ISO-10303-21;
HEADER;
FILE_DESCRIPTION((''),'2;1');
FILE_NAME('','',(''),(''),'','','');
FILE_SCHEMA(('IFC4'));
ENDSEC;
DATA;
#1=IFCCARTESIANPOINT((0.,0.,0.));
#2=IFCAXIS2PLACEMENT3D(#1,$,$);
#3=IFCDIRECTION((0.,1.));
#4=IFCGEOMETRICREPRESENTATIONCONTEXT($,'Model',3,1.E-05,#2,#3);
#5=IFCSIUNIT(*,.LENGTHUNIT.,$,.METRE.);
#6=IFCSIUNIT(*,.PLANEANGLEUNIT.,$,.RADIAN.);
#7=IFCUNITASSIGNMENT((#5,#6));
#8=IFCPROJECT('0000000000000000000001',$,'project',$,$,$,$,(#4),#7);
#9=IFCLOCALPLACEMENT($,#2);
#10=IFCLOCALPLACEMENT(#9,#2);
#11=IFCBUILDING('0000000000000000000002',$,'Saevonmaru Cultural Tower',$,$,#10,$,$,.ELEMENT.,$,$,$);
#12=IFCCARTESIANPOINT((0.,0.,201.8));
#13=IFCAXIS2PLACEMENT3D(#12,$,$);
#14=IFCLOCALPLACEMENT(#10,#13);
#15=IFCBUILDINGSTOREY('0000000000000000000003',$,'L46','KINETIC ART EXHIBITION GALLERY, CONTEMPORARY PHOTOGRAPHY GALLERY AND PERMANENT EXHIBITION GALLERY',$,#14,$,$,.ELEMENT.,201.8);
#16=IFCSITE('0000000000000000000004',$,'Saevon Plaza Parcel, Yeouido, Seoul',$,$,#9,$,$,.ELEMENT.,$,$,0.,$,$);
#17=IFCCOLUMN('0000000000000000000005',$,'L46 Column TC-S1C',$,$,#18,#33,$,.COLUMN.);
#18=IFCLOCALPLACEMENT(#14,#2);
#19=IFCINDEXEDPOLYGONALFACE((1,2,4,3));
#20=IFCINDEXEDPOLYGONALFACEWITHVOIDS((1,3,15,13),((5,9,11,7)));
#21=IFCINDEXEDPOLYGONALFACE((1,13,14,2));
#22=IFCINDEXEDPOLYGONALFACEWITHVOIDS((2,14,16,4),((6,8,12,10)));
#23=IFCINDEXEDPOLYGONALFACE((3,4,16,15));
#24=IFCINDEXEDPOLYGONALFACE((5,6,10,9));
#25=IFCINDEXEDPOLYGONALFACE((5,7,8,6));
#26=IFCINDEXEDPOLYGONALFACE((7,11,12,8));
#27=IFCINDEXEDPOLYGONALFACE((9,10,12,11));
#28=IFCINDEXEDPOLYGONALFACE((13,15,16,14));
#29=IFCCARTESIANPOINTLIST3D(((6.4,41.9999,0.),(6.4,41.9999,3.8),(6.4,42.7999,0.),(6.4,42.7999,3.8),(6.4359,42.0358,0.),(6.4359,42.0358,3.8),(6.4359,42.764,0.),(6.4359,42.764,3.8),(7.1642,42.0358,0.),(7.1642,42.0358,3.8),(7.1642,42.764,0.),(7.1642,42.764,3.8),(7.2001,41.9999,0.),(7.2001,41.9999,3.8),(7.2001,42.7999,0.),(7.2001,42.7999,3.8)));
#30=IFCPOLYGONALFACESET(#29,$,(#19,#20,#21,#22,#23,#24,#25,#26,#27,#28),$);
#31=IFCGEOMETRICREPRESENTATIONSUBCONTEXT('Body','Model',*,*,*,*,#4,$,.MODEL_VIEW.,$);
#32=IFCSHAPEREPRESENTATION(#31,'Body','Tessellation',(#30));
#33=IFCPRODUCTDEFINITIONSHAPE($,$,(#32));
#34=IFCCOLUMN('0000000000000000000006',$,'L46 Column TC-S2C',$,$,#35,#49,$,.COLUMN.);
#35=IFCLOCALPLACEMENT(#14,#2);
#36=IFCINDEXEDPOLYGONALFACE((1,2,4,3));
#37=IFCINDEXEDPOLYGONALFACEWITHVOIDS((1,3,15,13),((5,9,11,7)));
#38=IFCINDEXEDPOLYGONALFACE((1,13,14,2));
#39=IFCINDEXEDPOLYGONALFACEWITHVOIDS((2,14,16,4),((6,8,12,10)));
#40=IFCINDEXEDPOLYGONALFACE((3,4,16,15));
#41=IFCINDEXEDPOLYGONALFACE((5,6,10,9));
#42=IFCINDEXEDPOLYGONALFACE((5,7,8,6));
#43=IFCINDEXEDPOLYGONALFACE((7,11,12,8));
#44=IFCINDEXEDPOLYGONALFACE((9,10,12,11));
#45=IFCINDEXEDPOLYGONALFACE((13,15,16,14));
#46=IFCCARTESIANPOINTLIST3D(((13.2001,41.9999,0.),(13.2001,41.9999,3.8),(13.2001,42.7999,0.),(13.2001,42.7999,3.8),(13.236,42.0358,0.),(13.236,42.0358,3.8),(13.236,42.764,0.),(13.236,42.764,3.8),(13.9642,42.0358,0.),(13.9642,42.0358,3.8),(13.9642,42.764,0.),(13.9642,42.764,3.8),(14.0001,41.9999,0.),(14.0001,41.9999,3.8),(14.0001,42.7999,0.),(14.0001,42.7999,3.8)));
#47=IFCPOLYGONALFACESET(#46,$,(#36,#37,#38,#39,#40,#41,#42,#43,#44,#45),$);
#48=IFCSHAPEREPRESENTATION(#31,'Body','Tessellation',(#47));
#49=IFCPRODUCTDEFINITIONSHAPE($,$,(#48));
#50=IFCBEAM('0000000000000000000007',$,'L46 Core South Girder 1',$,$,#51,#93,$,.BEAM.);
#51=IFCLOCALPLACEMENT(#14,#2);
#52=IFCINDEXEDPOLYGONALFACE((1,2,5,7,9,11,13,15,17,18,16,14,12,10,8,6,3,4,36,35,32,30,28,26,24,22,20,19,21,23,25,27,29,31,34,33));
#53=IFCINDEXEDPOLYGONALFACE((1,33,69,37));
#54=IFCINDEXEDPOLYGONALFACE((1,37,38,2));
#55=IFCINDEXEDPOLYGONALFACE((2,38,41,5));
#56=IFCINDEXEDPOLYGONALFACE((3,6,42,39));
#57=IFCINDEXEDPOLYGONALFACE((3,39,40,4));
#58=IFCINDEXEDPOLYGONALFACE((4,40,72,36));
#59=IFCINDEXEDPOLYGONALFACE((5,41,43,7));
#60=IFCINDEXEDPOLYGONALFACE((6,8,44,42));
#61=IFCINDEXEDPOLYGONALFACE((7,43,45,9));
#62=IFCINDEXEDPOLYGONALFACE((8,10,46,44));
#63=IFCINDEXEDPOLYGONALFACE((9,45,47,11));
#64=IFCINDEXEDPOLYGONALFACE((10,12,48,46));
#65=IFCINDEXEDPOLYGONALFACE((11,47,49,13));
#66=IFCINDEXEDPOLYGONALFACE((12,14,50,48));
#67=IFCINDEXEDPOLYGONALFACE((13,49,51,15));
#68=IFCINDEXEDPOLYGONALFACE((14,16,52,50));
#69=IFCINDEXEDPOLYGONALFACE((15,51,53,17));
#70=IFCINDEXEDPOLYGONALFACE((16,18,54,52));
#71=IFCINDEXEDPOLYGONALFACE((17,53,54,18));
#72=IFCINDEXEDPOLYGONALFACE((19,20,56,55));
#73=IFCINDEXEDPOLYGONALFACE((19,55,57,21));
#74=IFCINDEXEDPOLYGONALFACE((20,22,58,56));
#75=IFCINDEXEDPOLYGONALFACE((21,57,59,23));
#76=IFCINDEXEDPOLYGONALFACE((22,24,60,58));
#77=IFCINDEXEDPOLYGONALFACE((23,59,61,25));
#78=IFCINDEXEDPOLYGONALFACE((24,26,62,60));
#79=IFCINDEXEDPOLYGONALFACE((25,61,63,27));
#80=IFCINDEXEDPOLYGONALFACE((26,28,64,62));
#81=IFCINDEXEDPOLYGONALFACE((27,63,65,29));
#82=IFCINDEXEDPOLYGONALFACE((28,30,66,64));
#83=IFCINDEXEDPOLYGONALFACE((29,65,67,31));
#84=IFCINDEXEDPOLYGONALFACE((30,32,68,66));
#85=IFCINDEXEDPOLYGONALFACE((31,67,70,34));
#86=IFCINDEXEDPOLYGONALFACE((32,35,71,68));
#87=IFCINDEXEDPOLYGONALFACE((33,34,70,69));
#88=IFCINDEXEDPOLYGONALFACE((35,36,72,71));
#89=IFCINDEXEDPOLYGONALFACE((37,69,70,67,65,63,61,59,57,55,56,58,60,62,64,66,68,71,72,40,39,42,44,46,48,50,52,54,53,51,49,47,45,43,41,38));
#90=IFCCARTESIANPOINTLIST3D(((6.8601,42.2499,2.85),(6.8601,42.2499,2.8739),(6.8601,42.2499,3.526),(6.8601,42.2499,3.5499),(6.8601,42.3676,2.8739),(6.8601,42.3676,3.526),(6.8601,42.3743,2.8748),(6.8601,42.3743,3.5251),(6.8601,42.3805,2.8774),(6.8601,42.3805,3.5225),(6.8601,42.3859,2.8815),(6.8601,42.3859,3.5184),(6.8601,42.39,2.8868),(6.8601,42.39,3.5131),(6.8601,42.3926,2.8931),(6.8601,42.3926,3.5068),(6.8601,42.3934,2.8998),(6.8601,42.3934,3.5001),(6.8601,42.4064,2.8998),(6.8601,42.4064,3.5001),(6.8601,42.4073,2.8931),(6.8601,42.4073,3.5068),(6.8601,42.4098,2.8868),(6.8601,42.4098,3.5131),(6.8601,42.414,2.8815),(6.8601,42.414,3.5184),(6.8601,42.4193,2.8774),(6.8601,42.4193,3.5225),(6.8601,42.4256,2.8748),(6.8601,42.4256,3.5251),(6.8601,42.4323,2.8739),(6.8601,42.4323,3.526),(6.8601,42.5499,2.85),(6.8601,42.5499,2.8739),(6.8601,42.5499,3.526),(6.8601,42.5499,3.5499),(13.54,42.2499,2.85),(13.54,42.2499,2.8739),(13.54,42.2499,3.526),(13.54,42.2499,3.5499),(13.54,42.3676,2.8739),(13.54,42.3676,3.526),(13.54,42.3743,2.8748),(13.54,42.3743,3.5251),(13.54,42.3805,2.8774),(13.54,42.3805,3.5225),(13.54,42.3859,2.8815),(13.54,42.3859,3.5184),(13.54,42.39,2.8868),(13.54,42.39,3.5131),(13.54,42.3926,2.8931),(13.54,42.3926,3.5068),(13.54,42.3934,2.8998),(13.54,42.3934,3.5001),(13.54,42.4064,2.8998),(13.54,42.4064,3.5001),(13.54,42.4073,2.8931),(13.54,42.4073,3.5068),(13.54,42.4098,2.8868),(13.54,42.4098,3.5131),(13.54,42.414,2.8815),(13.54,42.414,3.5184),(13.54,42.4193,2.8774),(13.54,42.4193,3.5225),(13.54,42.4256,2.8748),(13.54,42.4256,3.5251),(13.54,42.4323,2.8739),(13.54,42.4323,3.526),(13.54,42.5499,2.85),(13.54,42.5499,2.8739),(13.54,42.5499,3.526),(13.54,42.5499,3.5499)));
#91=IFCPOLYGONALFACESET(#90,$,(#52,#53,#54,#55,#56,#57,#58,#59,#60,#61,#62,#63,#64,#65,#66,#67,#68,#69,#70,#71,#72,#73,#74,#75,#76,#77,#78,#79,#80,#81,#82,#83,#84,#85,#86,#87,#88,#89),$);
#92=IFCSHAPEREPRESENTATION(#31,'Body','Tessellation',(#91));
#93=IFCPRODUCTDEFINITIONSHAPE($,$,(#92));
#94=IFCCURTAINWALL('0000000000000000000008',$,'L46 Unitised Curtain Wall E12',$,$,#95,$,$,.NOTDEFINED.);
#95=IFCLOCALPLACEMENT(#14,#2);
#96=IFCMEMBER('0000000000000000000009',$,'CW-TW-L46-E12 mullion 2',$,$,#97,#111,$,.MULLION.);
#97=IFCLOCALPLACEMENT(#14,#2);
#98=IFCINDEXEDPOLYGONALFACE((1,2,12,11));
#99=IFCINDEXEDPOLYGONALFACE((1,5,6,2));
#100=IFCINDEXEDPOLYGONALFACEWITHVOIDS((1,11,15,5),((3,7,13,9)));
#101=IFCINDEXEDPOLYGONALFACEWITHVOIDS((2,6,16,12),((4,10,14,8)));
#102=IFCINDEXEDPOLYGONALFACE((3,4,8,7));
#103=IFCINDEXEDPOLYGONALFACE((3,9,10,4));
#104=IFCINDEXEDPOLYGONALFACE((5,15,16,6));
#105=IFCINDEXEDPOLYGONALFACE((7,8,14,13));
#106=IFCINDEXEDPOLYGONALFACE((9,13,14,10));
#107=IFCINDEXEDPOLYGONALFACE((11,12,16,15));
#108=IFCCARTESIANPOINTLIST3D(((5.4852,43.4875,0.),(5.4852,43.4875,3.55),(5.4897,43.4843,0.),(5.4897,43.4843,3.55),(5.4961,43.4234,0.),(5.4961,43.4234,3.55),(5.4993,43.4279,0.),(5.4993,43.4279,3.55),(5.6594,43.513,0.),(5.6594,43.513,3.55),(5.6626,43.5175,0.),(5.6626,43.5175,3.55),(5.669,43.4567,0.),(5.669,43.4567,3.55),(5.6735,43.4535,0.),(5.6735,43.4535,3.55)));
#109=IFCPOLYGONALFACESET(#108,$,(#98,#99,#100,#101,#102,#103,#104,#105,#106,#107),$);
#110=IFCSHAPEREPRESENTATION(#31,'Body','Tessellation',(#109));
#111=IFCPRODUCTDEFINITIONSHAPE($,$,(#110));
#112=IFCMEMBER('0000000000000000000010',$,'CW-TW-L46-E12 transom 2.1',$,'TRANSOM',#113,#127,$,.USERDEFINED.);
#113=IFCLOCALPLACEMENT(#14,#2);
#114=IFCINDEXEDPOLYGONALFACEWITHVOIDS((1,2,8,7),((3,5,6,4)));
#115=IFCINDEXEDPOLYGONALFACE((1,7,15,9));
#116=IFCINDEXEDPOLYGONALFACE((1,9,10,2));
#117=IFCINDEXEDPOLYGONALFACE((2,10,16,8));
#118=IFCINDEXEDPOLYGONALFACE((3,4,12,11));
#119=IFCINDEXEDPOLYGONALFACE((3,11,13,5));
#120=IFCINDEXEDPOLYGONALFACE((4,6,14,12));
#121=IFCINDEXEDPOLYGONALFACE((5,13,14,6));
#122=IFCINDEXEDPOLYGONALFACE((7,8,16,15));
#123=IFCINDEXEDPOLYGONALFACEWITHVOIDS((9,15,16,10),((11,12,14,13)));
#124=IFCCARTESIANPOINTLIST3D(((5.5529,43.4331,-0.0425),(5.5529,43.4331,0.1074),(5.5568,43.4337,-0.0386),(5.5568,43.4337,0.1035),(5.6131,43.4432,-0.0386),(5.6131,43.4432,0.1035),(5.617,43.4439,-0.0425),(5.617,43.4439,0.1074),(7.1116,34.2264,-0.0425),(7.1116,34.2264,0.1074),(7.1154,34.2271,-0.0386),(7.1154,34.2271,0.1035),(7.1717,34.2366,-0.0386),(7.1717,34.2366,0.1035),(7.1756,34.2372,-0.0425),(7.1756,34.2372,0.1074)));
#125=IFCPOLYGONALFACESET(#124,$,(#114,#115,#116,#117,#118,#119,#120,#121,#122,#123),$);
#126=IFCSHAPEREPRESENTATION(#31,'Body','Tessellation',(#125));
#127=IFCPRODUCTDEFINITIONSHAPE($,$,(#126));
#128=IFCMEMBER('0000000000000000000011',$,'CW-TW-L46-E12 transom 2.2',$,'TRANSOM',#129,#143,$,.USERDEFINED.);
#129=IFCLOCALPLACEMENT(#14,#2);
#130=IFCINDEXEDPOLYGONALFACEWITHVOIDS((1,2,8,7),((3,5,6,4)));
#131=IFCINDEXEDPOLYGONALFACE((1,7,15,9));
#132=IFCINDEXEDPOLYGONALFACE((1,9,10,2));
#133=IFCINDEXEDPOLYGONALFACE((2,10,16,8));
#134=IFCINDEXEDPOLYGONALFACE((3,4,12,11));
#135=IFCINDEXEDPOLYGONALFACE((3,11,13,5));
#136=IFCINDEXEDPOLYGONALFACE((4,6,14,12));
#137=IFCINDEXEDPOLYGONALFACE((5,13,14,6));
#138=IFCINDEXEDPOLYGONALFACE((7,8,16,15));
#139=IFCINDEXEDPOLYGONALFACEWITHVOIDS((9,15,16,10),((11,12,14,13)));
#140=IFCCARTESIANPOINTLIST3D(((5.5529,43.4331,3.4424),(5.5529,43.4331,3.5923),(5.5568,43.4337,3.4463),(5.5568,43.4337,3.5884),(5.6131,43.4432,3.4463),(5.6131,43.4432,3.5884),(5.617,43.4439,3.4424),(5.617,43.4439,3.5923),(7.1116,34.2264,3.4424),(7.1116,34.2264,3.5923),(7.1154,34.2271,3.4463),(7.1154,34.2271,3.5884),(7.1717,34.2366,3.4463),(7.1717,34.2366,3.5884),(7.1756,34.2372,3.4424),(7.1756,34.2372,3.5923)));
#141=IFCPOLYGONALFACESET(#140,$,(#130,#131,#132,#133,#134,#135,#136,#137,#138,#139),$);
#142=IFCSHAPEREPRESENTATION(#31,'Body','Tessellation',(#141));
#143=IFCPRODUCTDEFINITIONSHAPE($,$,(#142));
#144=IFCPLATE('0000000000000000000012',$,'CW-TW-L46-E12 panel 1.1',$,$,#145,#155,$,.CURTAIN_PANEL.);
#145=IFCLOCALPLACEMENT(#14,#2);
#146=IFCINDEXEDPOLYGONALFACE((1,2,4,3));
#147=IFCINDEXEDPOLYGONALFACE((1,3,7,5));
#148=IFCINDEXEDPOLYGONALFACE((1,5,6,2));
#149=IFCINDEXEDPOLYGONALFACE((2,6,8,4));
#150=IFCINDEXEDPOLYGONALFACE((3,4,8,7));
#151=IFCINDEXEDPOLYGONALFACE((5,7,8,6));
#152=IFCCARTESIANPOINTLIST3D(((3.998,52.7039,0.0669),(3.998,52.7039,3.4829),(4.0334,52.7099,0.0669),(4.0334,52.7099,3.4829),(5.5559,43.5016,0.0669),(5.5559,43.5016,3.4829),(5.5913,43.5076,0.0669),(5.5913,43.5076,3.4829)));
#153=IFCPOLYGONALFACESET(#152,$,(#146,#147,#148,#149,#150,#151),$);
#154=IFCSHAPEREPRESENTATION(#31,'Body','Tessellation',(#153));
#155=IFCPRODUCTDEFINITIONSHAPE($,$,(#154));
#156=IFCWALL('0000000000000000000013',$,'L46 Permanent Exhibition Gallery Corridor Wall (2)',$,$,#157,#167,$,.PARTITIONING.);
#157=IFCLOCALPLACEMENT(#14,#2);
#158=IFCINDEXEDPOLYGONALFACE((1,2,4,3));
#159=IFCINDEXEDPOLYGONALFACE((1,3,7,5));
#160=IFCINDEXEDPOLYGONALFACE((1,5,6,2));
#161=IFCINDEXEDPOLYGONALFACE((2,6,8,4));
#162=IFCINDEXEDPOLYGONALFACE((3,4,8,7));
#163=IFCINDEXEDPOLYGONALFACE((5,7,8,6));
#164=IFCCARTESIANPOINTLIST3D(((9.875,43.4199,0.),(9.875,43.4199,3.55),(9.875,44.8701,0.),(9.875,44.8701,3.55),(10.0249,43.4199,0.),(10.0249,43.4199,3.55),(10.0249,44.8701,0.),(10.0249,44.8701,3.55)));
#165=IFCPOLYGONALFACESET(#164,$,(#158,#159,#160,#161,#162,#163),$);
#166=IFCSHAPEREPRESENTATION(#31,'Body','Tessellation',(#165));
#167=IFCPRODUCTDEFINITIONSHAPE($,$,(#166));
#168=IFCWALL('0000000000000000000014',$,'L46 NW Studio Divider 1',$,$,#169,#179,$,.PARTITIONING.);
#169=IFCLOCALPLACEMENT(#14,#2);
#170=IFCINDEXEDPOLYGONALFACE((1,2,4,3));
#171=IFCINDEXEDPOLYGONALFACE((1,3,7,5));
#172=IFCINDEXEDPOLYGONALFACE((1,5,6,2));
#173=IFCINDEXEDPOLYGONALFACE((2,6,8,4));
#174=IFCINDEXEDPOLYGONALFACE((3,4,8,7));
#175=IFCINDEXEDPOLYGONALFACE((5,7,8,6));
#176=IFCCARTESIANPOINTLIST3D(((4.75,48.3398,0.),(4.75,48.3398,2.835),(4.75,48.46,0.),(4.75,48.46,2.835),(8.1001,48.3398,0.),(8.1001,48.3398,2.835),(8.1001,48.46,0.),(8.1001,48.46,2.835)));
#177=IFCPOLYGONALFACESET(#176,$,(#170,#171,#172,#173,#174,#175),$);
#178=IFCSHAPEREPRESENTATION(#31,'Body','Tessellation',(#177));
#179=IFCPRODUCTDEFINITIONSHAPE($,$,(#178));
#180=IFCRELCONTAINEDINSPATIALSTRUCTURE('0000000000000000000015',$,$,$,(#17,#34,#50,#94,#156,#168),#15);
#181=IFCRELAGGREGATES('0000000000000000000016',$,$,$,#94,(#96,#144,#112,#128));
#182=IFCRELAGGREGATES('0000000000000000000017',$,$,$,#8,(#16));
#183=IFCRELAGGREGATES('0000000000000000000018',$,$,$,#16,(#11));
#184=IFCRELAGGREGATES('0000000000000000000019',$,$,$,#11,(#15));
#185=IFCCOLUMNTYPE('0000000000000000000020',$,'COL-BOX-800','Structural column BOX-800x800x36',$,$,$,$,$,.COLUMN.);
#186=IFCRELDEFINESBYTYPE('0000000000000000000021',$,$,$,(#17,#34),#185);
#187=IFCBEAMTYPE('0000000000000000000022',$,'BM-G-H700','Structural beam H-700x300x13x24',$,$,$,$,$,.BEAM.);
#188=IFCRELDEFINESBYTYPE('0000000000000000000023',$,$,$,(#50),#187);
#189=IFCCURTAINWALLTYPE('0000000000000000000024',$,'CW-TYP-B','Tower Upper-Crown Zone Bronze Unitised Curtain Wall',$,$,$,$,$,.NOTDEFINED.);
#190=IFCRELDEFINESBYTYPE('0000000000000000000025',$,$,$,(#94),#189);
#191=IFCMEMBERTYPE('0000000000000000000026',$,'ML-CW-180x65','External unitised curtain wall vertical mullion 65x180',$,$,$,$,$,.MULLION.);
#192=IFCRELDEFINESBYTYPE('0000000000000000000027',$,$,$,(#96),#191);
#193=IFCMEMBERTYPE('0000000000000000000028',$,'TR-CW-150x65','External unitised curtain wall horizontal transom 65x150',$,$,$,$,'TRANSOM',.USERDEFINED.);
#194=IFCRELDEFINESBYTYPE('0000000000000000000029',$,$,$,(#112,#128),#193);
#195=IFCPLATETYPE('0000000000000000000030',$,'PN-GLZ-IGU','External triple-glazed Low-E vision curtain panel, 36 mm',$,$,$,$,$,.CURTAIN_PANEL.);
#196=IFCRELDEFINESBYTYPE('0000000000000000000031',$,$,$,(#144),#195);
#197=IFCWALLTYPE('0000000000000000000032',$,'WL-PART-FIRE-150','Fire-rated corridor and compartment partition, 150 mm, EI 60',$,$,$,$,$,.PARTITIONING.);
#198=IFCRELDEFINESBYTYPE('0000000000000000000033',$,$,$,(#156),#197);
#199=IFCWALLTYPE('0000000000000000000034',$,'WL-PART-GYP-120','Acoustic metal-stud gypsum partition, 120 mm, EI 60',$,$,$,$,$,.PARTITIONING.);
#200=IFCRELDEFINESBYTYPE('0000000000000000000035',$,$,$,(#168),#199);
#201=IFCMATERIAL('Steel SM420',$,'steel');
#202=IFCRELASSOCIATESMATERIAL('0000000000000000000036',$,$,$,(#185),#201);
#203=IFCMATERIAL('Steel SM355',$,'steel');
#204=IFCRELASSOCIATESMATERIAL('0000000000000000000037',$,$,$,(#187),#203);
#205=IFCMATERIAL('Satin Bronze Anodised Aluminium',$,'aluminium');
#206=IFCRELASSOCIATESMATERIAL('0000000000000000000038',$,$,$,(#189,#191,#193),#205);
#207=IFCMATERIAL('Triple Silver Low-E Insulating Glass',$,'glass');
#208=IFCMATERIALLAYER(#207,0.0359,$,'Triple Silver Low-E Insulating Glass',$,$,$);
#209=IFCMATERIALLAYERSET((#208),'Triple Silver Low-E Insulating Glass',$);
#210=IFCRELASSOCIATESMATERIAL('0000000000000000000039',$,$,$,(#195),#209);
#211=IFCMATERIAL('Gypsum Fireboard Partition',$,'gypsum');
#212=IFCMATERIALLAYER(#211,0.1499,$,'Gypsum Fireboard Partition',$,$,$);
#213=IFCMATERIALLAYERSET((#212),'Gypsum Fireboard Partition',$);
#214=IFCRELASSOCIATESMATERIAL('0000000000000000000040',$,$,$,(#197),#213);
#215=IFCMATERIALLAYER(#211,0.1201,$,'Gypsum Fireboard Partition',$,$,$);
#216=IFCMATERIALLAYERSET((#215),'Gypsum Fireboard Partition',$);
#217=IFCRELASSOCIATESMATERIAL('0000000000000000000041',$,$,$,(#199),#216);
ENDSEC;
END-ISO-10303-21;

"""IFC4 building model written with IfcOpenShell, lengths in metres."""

from ifc_helpers import new_model, si_unit, direction, frame, frame_2d, origin, origin_2d, place, context, subcontext, project, spatial, rectangle, hollow_rectangle, i_section, extrude, material, layer, layer_set, material_profile, profile_set, type_object, element, aggregate, save


model = new_model("IFC4")

# Units and contexts
model_context = context("Model", 3, precision=1e-05, world=origin(), true_north=direction((0.0, 1.0)))
body_context = subcontext(model_context, "Body", "Model", "MODEL_VIEW")
ifc_project = project(units=[si_unit("LENGTHUNIT", "METRE"), si_unit("PLANEANGLEUNIT", "RADIAN")], contexts=[model_context])

# Site, building, storey
site_placement = place(None, origin())
site = spatial("IfcSite", under=ifc_project, at=site_placement, Name="Saevon Plaza Parcel, Yeouido, Seoul", CompositionType="ELEMENT", RefElevation=0.0)
building_placement = place(site_placement, origin())
building = spatial("IfcBuilding", under=site, at=building_placement, Name="Saevonmaru Cultural Tower", CompositionType="ELEMENT")
storey_placement = place(building_placement, frame((0.0, 0.0, 201.8)))
storey = spatial("IfcBuildingStorey", under=building, at=storey_placement, Name="L46", Description="KINETIC ART EXHIBITION GALLERY, CONTEMPORARY PHOTOGRAPHY GALLERY AND PERMANENT EXHIBITION GALLERY", CompositionType="ELEMENT", Elevation=201.8)

# Columns
ifc_material_1 = material(Name="Steel SM420", Category="steel")
ifc_material_profile_1 = material_profile(ifc_material_1, hollow_rectangle(XDim=0.8, YDim=0.8, WallThickness=0.0359, at=origin_2d()), Name="BOX-800x800x36")
ifc_profile_set_1 = profile_set([ifc_material_profile_1], Name="Steel SM420")
column_type = type_object("IfcColumnType", Name="COL-BOX-800", Description="Structural column BOX-800x800x36", PredefinedType="COLUMN", material=ifc_profile_set_1)
for number, where, z_axis, x_axis, name in (
    (1, (6.8, 42.3999, 0.0), (0.0, 0.0, 1.0), (1.0, 0.0, 0.0), "L46 Column TC-S1C"),
    (2, (13.6001, 42.3999, 0.0), (0.0, 0.0, 1.0), (1.0, 0.0, 0.0), "L46 Column TC-S2C"),
):
    element("IfcColumn", number, at=place(storey_placement, frame(where, z_axis=z_axis, x_axis=x_axis)), inside=storey, type_object=column_type, Name=name, PredefinedType="COLUMN", context=body_context, shape_type="SweptSolid", body=[
        extrude(hollow_rectangle(XDim=0.8, YDim=0.8, WallThickness=0.0359, at=origin_2d()), origin(), (0.0, 0.0, 1.0), 3.8),
    ])

# Beam
ifc_material_2 = material(Name="Steel SM355", Category="steel")
ifc_material_profile_2 = material_profile(ifc_material_2, i_section(OverallWidth=0.3, OverallDepth=0.7, WebThickness=0.0129, FlangeThickness=0.0239, FilletRadius=0.0259, at=origin_2d()), Name="H-700x300x13x24")
ifc_profile_set_2 = profile_set([ifc_material_profile_2], Name="Steel SM355")
beam_type = type_object("IfcBeamType", Name="BM-G-H700", Description="Structural beam H-700x300x13x24", PredefinedType="BEAM", material=ifc_profile_set_2)
beam_placement = place(storey_placement, frame((6.8601, 42.3999, 3.2), z_axis=(1.0, 0.0, 0.0), x_axis=(0.0, 1.0, 0.0)))
element("IfcBeam", 3, at=beam_placement, inside=storey, type_object=beam_type, Name="L46 Core South Girder 1", PredefinedType="BEAM", context=body_context, shape_type="SweptSolid", body=[
    extrude(i_section(OverallWidth=0.3, OverallDepth=0.7, WebThickness=0.0129, FlangeThickness=0.0239, FilletRadius=0.0259, at=origin_2d()), origin(), (0.0, 0.0, 1.0), 6.6799),
])

# Curtain wall, members, plate
ifc_material_3 = material(Name="Satin Bronze Anodised Aluminium", Category="aluminium")
curtain_wall_type = type_object("IfcCurtainWallType", Name="CW-TYP-B", Description="Tower Upper-Crown Zone Bronze Unitised Curtain Wall", PredefinedType="NOTDEFINED", material=ifc_material_3)
curtain_wall_placement = place(storey_placement, origin())
curtain_wall = element("IfcCurtainWall", 4, at=curtain_wall_placement, inside=storey, type_object=curtain_wall_type, Name="L46 Unitised Curtain Wall E12", PredefinedType="NOTDEFINED")
ifc_material_profile_3 = material_profile(ifc_material_3, hollow_rectangle(XDim=0.0649, YDim=0.1799, WallThickness=0.0039, at=origin_2d()), Name="ALU-MULL-180x65x4")
ifc_profile_set_3 = profile_set([ifc_material_profile_3], Name="Satin Bronze Anodised Aluminium")
member_type_1 = type_object("IfcMemberType", Name="ML-CW-180x65", Description="External unitised curtain wall vertical mullion 65x180", PredefinedType="MULLION", material=ifc_profile_set_3)
member_1_placement = place(storey_placement, frame((5.5793, 43.4705, 0.0), z_axis=(0.0, 0.0, 1.0), x_axis=(0.166922, -0.98597, 0.0)))
member_1 = element("IfcMember", 5, at=member_1_placement, type_object=member_type_1, Name="CW-TW-L46-E12 mullion 2", PredefinedType="MULLION", context=body_context, shape_type="SweptSolid", body=[
    extrude(hollow_rectangle(XDim=0.0649, YDim=0.1799, WallThickness=0.0039, at=origin_2d()), origin(), (0.0, 0.0, 1.0), 3.55),
])
ifc_material_profile_4 = material_profile(ifc_material_3, hollow_rectangle(XDim=0.0649, YDim=0.1499, WallThickness=0.0039, at=origin_2d()), Name="ALU-TRAN-150x65x4")
ifc_profile_set_4 = profile_set([ifc_material_profile_4], Name="Satin Bronze Anodised Aluminium")
member_type_2 = type_object("IfcMemberType", Name="TR-CW-150x65", Description="External unitised curtain wall horizontal transom 65x150", ElementType="TRANSOM", PredefinedType="USERDEFINED", material=ifc_profile_set_4)
member_2_placement = place(storey_placement, frame((5.585, 43.4385, 0.0325), z_axis=(0.166917, -0.985971, 0.0), x_axis=(0.985971, 0.166917, 0.0)))
member_2 = element("IfcMember", 6, at=member_2_placement, type_object=member_type_2, Name="CW-TW-L46-E12 transom 2.1", ObjectType="TRANSOM", PredefinedType="USERDEFINED", context=body_context, shape_type="SweptSolid", body=[
    extrude(hollow_rectangle(XDim=0.0649, YDim=0.1499, WallThickness=0.0039, at=origin_2d()), origin(), (0.0, 0.0, 1.0), 9.3376),
])
member_3_placement = place(storey_placement, frame((5.585, 43.4385, 3.5173), z_axis=(0.166917, -0.985971, 0.0), x_axis=(0.985971, 0.166917, 0.0)))
member_3 = element("IfcMember", 7, at=member_3_placement, type_object=member_type_2, Name="CW-TW-L46-E12 transom 2.2", ObjectType="TRANSOM", PredefinedType="USERDEFINED", context=body_context, shape_type="SweptSolid", body=[
    extrude(hollow_rectangle(XDim=0.0649, YDim=0.1499, WallThickness=0.0039, at=origin_2d()), origin(), (0.0, 0.0, 1.0), 9.3376),
])
ifc_material_4 = material(Name="Triple Silver Low-E Insulating Glass", Category="glass")
ifc_layer_1 = layer(ifc_material_4, 0.0359, Name="Triple Silver Low-E Insulating Glass")
ifc_layer_set_1 = layer_set([ifc_layer_1], Name="Triple Silver Low-E Insulating Glass")
plate_type = type_object("IfcPlateType", Name="PN-GLZ-IGU", Description="External triple-glazed Low-E vision curtain panel, 36 mm", PredefinedType="CURTAIN_PANEL", material=ifc_layer_set_1)
plate_placement = place(storey_placement, frame((4.7947, 48.1057, 0.0669), z_axis=(0.0, 0.0, 1.0), x_axis=(0.166922, -0.98597, 0.0)))
plate = element("IfcPlate", 8, at=plate_placement, type_object=plate_type, Name="CW-TW-L46-E12 panel 1.1", PredefinedType="CURTAIN_PANEL", context=body_context, shape_type="SweptSolid", body=[
    extrude(rectangle(XDim=9.3333, YDim=0.0359, at=origin_2d()), origin(), (0.0, 0.0, 1.0), 3.416),
])
aggregate(curtain_wall, [member_1, plate, member_2, member_3])

# Walls
ifc_material_5 = material(Name="Gypsum Fireboard Partition", Category="gypsum")
ifc_layer_2 = layer(ifc_material_5, 0.1499, Name="Gypsum Fireboard Partition")
ifc_layer_set_2 = layer_set([ifc_layer_2], Name="Gypsum Fireboard Partition")
wall_type_1 = type_object("IfcWallType", Name="WL-PART-FIRE-150", Description="Fire-rated corridor and compartment partition, 150 mm, EI 60", PredefinedType="PARTITIONING", material=ifc_layer_set_2)
wall_1_placement = place(storey_placement, frame((9.95, 43.4199, 0.0), z_axis=(0.0, 0.0, 1.0), x_axis=(0.0, 1.0, 0.0)))
element("IfcWall", 9, at=wall_1_placement, inside=storey, type_object=wall_type_1, Name="L46 Permanent Exhibition Gallery Corridor Wall (2)", PredefinedType="PARTITIONING", context=body_context, shape_type="SweptSolid", body=[
    extrude(rectangle(XDim=1.4502, YDim=0.1499, at=frame_2d((0.7251, 0.0))), origin(), (0.0, 0.0, 1.0), 3.55),
])
ifc_layer_3 = layer(ifc_material_5, 0.1201, Name="Gypsum Fireboard Partition")
ifc_layer_set_3 = layer_set([ifc_layer_3], Name="Gypsum Fireboard Partition")
wall_type_2 = type_object("IfcWallType", Name="WL-PART-GYP-120", Description="Acoustic metal-stud gypsum partition, 120 mm, EI 60", PredefinedType="PARTITIONING", material=ifc_layer_set_3)
wall_2_placement = place(storey_placement, frame((4.75, 48.3999, 0.0), z_axis=(0.0, 0.0, 1.0), x_axis=(1.0, 0.0, 0.0)))
element("IfcWall", 10, at=wall_2_placement, inside=storey, type_object=wall_type_2, Name="L46 NW Studio Divider 1", PredefinedType="PARTITIONING", context=body_context, shape_type="SweptSolid", body=[
    extrude(rectangle(XDim=3.3501, YDim=0.1201, at=frame_2d((1.675, 0.0))), origin(), (0.0, 0.0, 1.0), 2.835),
])

save(model, "model.ifc")
